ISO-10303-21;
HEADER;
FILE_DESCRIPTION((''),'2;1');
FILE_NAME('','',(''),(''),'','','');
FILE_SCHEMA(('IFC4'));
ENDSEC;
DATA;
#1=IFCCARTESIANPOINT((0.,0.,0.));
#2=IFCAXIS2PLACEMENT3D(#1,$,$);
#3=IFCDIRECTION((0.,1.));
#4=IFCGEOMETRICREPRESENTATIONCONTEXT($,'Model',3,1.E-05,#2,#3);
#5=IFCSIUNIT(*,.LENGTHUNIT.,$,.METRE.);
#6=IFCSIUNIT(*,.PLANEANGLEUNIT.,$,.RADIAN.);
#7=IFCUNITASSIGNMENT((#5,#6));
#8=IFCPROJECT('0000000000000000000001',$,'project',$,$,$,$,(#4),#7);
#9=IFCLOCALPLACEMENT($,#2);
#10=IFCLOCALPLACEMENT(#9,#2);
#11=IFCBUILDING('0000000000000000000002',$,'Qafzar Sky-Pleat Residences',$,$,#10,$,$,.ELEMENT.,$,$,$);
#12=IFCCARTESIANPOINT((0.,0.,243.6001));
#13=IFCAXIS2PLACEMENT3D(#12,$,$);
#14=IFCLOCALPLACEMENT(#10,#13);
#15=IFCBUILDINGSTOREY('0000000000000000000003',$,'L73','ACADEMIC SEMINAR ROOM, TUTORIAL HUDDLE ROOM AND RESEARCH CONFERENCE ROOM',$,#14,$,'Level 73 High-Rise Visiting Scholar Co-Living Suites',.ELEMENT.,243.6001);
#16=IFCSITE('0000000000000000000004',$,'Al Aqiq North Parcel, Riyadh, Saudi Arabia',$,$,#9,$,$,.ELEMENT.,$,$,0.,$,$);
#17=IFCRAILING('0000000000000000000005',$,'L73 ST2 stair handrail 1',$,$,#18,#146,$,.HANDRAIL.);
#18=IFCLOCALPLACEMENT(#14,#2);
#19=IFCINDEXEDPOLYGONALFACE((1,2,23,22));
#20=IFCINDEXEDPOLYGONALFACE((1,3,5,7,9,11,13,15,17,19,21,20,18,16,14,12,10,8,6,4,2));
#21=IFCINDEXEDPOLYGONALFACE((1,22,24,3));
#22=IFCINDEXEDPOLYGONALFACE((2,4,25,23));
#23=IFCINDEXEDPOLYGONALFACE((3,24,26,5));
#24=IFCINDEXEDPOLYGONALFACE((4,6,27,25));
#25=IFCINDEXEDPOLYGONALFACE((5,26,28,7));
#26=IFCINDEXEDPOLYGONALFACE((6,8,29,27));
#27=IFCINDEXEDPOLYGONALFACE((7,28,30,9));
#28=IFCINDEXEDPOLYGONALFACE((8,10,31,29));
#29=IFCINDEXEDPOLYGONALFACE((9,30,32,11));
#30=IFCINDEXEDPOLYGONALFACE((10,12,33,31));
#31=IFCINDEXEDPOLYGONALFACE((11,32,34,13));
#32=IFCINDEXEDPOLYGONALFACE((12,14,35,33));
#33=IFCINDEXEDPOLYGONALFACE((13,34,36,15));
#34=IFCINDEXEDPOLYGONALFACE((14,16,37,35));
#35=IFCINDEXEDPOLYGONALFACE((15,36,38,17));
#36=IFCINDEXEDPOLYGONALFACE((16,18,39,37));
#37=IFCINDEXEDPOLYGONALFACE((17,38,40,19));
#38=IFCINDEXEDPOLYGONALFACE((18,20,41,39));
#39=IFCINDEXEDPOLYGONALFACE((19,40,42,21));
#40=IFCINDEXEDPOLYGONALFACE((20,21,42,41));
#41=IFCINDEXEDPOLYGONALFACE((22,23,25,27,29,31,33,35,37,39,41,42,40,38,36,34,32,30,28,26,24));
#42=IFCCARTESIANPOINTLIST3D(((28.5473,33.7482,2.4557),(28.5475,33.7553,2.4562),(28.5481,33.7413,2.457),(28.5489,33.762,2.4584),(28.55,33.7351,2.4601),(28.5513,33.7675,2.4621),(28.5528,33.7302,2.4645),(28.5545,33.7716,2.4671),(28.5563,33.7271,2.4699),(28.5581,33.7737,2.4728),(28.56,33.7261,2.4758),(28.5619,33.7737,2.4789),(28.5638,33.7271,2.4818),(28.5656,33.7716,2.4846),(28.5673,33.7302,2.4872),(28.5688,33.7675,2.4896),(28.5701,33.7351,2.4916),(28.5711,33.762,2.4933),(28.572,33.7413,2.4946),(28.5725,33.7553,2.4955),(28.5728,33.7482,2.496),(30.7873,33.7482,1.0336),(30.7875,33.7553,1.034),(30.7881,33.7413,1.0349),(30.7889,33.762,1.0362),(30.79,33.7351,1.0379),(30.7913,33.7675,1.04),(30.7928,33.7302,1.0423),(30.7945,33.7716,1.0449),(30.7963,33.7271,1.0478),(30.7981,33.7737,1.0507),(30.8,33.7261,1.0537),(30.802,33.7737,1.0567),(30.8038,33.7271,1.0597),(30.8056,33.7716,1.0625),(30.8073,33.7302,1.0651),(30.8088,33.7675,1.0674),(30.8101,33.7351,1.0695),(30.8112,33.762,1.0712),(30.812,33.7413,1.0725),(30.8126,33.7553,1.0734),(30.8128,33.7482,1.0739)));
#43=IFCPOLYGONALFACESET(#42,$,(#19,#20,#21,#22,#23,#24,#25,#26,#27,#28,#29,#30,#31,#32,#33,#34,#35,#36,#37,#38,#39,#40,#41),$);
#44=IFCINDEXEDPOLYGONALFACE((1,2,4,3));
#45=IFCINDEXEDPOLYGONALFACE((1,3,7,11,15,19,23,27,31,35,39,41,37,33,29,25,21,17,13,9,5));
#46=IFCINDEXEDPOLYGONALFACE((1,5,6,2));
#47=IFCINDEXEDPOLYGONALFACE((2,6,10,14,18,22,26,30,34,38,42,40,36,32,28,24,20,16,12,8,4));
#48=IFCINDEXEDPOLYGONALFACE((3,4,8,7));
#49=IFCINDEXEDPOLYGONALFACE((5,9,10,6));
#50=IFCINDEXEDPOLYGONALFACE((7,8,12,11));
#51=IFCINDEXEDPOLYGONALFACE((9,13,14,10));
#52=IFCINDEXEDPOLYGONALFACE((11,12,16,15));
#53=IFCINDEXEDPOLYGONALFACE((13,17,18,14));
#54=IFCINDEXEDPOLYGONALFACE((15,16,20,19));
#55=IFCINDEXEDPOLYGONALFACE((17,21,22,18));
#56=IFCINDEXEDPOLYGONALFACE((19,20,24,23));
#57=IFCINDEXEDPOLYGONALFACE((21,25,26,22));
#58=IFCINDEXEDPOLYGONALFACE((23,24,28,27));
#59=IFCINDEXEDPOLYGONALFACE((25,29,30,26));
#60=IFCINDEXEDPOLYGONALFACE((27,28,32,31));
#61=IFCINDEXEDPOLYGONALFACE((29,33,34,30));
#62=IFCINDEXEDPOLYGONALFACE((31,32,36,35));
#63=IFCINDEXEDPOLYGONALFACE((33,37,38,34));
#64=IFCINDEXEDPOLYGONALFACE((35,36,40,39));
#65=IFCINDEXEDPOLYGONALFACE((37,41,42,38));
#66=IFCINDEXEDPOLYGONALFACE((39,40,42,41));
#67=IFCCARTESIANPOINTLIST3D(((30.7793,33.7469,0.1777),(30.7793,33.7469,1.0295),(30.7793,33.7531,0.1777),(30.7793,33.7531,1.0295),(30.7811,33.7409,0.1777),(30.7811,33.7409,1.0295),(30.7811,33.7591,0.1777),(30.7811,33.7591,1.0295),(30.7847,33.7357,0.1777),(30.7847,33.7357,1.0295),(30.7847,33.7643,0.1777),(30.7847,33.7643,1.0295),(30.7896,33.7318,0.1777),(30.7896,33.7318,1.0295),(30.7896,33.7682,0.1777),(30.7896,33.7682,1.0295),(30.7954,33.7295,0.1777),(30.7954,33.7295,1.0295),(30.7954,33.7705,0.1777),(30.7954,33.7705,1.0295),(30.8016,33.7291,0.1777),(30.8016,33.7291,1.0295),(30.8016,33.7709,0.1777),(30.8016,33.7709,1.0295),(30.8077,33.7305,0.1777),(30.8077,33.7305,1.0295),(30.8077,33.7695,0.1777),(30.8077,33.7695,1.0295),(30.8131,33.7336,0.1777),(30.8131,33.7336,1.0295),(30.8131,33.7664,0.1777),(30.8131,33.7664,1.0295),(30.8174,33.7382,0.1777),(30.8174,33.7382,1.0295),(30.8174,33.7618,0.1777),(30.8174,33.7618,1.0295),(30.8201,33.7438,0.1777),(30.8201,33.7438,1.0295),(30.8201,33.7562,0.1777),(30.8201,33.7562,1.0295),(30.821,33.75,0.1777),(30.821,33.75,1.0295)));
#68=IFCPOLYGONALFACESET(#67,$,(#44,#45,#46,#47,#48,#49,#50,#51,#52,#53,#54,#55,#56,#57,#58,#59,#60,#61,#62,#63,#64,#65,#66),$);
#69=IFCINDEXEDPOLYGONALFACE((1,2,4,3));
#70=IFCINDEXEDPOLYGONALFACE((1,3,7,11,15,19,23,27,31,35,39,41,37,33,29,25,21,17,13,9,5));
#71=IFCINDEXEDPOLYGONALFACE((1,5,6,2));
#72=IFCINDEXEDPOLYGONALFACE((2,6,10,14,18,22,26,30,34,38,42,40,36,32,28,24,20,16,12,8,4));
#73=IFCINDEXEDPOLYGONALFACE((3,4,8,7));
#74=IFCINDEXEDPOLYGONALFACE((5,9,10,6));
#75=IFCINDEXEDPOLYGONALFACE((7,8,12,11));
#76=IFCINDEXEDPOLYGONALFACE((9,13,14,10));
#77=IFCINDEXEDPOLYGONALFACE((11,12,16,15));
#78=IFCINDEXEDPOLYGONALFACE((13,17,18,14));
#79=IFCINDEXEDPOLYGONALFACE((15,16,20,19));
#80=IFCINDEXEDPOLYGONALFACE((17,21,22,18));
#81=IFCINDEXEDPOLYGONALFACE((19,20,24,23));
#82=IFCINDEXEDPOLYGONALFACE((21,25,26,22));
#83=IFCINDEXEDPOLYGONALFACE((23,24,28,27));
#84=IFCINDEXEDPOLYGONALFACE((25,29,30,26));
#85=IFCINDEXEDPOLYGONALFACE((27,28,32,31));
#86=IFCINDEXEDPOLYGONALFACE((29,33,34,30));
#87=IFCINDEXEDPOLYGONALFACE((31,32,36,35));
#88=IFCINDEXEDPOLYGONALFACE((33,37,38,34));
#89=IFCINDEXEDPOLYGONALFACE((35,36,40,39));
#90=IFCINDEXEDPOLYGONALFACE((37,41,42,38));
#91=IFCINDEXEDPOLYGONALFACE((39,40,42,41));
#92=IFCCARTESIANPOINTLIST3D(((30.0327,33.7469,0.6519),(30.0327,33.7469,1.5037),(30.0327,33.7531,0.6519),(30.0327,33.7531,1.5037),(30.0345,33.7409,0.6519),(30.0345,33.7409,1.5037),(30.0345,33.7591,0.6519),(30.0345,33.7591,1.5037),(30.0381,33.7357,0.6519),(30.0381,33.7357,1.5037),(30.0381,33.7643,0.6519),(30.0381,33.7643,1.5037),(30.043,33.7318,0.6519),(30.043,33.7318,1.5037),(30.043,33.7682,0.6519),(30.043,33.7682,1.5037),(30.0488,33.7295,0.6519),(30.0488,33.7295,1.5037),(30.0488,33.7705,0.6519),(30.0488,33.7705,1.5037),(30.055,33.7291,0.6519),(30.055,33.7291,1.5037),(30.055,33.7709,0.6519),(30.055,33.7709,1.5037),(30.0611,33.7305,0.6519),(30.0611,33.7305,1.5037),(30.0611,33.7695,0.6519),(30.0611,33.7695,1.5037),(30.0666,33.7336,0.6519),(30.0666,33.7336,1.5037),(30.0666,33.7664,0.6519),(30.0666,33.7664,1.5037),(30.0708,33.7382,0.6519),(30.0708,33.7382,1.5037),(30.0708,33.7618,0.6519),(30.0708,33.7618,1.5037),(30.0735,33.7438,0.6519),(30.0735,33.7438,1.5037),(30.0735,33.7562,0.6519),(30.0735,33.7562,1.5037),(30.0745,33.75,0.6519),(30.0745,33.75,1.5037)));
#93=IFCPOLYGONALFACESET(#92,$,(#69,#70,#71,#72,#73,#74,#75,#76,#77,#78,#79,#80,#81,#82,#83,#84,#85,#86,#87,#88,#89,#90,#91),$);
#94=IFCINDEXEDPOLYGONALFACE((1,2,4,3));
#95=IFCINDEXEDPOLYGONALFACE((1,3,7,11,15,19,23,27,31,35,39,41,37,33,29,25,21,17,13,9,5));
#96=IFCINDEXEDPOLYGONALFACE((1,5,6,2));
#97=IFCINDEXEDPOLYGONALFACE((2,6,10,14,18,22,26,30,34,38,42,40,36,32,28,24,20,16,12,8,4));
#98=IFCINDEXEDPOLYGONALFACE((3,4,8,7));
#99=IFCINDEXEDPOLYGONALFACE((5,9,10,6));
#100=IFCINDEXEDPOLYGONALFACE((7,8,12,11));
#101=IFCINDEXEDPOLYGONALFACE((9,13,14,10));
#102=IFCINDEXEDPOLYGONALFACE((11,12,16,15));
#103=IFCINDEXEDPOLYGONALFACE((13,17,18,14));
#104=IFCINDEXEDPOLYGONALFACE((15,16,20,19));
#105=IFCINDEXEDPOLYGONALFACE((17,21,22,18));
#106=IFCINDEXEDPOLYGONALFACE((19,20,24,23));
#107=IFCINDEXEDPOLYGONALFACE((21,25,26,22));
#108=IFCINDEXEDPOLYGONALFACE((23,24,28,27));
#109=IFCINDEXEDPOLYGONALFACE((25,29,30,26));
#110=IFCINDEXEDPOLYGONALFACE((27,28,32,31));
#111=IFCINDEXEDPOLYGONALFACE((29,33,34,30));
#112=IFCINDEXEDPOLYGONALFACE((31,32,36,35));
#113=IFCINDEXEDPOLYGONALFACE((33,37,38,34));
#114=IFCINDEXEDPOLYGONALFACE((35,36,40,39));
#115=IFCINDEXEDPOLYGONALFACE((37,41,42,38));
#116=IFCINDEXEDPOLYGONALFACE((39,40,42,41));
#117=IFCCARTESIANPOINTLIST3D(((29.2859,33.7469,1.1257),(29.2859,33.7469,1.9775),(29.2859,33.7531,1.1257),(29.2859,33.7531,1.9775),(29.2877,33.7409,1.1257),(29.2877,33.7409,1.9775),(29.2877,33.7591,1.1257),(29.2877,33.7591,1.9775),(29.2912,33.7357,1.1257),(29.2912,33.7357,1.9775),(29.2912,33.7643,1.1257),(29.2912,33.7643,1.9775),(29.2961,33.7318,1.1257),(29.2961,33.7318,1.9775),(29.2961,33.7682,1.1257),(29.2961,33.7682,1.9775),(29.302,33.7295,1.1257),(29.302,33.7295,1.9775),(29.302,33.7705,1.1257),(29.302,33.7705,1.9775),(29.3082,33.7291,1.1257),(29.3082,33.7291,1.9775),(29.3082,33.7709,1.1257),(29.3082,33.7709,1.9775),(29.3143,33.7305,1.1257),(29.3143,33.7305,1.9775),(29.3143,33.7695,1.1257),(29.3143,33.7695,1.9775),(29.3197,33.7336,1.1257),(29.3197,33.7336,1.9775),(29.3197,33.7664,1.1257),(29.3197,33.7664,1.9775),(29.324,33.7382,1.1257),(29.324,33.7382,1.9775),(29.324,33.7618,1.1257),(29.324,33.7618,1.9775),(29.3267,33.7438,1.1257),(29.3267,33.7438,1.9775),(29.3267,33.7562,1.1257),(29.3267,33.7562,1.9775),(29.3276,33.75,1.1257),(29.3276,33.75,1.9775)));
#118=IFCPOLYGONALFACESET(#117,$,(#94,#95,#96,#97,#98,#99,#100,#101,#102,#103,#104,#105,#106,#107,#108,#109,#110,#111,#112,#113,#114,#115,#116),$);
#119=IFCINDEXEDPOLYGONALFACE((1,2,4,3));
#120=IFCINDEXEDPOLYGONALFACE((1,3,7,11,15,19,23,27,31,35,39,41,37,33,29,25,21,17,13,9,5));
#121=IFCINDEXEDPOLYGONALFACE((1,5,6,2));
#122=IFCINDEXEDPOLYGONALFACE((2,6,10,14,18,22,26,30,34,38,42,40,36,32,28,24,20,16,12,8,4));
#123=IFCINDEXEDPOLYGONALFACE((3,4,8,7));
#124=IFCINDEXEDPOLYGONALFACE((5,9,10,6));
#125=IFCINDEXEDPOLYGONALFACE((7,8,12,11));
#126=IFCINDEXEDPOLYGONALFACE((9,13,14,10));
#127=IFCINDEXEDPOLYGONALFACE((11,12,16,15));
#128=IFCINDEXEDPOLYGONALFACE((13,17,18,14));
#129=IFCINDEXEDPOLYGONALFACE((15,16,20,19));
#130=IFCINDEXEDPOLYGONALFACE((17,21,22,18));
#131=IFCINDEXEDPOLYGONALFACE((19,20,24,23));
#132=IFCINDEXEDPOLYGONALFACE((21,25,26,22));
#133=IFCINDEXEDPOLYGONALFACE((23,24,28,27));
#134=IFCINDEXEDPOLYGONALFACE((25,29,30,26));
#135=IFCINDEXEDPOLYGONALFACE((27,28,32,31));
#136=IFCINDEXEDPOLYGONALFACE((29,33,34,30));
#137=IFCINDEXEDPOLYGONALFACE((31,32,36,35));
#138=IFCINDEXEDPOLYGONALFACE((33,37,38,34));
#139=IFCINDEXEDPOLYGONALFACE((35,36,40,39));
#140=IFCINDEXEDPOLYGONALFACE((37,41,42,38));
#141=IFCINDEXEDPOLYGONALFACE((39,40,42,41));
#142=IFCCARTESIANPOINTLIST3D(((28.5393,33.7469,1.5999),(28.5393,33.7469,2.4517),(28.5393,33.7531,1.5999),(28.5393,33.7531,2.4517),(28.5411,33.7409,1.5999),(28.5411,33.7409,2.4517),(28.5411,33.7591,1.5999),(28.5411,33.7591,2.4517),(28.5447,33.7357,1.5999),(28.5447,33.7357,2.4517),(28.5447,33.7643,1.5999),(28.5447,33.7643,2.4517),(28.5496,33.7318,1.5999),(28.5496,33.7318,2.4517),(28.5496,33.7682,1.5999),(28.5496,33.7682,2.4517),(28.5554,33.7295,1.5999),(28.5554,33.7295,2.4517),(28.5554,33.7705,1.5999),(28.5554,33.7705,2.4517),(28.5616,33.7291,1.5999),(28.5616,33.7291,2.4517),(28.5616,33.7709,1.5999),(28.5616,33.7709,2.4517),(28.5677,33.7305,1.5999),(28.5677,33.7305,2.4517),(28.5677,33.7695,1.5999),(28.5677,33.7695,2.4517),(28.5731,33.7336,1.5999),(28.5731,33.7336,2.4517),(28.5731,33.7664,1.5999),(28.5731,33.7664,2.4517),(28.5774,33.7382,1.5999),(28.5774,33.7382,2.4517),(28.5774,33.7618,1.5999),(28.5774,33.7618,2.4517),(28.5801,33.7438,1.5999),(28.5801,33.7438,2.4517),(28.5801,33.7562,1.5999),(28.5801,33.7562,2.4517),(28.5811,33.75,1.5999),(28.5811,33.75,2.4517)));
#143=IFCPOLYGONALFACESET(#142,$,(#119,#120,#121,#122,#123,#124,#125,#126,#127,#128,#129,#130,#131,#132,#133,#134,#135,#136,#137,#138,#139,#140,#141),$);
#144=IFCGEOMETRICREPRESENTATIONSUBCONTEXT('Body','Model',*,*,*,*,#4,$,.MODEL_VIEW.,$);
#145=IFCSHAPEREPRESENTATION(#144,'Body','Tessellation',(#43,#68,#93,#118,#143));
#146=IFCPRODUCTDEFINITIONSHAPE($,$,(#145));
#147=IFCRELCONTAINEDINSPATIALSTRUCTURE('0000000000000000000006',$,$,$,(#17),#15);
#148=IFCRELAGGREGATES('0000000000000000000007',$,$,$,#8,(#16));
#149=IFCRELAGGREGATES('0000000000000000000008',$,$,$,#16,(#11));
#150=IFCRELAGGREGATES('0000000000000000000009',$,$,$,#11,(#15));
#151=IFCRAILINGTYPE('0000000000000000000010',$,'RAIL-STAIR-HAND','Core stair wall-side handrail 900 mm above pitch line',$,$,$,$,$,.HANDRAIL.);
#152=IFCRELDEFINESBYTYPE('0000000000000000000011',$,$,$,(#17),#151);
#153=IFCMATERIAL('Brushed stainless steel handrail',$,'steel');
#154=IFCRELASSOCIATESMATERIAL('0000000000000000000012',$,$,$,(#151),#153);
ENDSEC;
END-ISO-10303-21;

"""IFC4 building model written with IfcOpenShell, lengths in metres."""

from ifc_helpers import new_model, si_unit, direction, frame, origin, origin_2d, place, context, subcontext, project, spatial, circle, extrude, source, transform, mapped, material, type_object, element, save


model = new_model("IFC4")

# Units and contexts
model_context = context("Model", 3, precision=1e-05, world=origin(), true_north=direction((0.0, 1.0)))
body_context = subcontext(model_context, "Body", "Model", "MODEL_VIEW")
ifc_project = project(units=[si_unit("LENGTHUNIT", "METRE"), si_unit("PLANEANGLEUNIT", "RADIAN")], contexts=[model_context])

# Site, building, storey
site_placement = place(None, origin())
site = spatial("IfcSite", under=ifc_project, at=site_placement, Name="Al Aqiq North Parcel, Riyadh, Saudi Arabia", CompositionType="ELEMENT", RefElevation=0.0)
building_placement = place(site_placement, origin())
building = spatial("IfcBuilding", under=site, at=building_placement, Name="Qafzar Sky-Pleat Residences", CompositionType="ELEMENT")
storey_placement = place(building_placement, frame((0.0, 0.0, 243.6001)))
storey = spatial("IfcBuildingStorey", under=building, at=storey_placement, Name="L73", Description="ACADEMIC SEMINAR ROOM, TUTORIAL HUDDLE ROOM AND RESEARCH CONFERENCE ROOM", LongName="Level 73 High-Rise Visiting Scholar Co-Living Suites", CompositionType="ELEMENT", Elevation=243.6001)

# Railing
ifc_material_1 = material(Name="Brushed stainless steel handrail", Category="steel")
railing_type_1 = type_object("IfcRailingType", Name="RAIL-STAIR-HAND", Description="Core stair wall-side handrail 900 mm above pitch line", PredefinedType="HANDRAIL", material=ifc_material_1)
shared_shape_1 = source(origin(), body_context, "Body", "SweptSolid", [
    extrude(circle(Radius=0.0239, at=origin_2d()), frame((0.0, 0.0, 0.876), z_axis=(-0.844229, 0.0, 0.535982), x_axis=(0.0, -1.0, 0.0)), (0.0, 0.0, 1.0), 2.6533),
    extrude(circle(Radius=0.021, at=origin_2d()), origin(), (0.0, 0.0, 1.0), 0.8518),
    extrude(circle(Radius=0.021, at=origin_2d()), frame((-0.7466, 0.0, 0.4741)), (0.0, 0.0, 1.0), 0.8518),
    extrude(circle(Radius=0.021, at=origin_2d()), frame((-1.4934, 0.0, 0.948)), (0.0, 0.0, 1.0), 0.8518),
    extrude(circle(Radius=0.021, at=origin_2d()), frame((-2.24, 0.0, 1.4221)), (0.0, 0.0, 1.0), 0.8518),
])
railing_1_placement = place(storey_placement, frame((30.8, 33.75, 0.1777)))
element("IfcRailing", 1, at=railing_1_placement, inside=storey, type_object=railing_type_1, Name="L73 ST2 stair handrail 1", PredefinedType="HANDRAIL", context=body_context, shape_type="MappedRepresentation", body=[
    mapped(shared_shape_1, transform((0.0, 0.0, 0.0), x_axis=(1.0, 0.0, 0.0), y_axis=(0.0, 1.0, 0.0), z_axis=(0.0, 0.0, 1.0), scale=1.0)),
])

save(model, "model.ifc")
